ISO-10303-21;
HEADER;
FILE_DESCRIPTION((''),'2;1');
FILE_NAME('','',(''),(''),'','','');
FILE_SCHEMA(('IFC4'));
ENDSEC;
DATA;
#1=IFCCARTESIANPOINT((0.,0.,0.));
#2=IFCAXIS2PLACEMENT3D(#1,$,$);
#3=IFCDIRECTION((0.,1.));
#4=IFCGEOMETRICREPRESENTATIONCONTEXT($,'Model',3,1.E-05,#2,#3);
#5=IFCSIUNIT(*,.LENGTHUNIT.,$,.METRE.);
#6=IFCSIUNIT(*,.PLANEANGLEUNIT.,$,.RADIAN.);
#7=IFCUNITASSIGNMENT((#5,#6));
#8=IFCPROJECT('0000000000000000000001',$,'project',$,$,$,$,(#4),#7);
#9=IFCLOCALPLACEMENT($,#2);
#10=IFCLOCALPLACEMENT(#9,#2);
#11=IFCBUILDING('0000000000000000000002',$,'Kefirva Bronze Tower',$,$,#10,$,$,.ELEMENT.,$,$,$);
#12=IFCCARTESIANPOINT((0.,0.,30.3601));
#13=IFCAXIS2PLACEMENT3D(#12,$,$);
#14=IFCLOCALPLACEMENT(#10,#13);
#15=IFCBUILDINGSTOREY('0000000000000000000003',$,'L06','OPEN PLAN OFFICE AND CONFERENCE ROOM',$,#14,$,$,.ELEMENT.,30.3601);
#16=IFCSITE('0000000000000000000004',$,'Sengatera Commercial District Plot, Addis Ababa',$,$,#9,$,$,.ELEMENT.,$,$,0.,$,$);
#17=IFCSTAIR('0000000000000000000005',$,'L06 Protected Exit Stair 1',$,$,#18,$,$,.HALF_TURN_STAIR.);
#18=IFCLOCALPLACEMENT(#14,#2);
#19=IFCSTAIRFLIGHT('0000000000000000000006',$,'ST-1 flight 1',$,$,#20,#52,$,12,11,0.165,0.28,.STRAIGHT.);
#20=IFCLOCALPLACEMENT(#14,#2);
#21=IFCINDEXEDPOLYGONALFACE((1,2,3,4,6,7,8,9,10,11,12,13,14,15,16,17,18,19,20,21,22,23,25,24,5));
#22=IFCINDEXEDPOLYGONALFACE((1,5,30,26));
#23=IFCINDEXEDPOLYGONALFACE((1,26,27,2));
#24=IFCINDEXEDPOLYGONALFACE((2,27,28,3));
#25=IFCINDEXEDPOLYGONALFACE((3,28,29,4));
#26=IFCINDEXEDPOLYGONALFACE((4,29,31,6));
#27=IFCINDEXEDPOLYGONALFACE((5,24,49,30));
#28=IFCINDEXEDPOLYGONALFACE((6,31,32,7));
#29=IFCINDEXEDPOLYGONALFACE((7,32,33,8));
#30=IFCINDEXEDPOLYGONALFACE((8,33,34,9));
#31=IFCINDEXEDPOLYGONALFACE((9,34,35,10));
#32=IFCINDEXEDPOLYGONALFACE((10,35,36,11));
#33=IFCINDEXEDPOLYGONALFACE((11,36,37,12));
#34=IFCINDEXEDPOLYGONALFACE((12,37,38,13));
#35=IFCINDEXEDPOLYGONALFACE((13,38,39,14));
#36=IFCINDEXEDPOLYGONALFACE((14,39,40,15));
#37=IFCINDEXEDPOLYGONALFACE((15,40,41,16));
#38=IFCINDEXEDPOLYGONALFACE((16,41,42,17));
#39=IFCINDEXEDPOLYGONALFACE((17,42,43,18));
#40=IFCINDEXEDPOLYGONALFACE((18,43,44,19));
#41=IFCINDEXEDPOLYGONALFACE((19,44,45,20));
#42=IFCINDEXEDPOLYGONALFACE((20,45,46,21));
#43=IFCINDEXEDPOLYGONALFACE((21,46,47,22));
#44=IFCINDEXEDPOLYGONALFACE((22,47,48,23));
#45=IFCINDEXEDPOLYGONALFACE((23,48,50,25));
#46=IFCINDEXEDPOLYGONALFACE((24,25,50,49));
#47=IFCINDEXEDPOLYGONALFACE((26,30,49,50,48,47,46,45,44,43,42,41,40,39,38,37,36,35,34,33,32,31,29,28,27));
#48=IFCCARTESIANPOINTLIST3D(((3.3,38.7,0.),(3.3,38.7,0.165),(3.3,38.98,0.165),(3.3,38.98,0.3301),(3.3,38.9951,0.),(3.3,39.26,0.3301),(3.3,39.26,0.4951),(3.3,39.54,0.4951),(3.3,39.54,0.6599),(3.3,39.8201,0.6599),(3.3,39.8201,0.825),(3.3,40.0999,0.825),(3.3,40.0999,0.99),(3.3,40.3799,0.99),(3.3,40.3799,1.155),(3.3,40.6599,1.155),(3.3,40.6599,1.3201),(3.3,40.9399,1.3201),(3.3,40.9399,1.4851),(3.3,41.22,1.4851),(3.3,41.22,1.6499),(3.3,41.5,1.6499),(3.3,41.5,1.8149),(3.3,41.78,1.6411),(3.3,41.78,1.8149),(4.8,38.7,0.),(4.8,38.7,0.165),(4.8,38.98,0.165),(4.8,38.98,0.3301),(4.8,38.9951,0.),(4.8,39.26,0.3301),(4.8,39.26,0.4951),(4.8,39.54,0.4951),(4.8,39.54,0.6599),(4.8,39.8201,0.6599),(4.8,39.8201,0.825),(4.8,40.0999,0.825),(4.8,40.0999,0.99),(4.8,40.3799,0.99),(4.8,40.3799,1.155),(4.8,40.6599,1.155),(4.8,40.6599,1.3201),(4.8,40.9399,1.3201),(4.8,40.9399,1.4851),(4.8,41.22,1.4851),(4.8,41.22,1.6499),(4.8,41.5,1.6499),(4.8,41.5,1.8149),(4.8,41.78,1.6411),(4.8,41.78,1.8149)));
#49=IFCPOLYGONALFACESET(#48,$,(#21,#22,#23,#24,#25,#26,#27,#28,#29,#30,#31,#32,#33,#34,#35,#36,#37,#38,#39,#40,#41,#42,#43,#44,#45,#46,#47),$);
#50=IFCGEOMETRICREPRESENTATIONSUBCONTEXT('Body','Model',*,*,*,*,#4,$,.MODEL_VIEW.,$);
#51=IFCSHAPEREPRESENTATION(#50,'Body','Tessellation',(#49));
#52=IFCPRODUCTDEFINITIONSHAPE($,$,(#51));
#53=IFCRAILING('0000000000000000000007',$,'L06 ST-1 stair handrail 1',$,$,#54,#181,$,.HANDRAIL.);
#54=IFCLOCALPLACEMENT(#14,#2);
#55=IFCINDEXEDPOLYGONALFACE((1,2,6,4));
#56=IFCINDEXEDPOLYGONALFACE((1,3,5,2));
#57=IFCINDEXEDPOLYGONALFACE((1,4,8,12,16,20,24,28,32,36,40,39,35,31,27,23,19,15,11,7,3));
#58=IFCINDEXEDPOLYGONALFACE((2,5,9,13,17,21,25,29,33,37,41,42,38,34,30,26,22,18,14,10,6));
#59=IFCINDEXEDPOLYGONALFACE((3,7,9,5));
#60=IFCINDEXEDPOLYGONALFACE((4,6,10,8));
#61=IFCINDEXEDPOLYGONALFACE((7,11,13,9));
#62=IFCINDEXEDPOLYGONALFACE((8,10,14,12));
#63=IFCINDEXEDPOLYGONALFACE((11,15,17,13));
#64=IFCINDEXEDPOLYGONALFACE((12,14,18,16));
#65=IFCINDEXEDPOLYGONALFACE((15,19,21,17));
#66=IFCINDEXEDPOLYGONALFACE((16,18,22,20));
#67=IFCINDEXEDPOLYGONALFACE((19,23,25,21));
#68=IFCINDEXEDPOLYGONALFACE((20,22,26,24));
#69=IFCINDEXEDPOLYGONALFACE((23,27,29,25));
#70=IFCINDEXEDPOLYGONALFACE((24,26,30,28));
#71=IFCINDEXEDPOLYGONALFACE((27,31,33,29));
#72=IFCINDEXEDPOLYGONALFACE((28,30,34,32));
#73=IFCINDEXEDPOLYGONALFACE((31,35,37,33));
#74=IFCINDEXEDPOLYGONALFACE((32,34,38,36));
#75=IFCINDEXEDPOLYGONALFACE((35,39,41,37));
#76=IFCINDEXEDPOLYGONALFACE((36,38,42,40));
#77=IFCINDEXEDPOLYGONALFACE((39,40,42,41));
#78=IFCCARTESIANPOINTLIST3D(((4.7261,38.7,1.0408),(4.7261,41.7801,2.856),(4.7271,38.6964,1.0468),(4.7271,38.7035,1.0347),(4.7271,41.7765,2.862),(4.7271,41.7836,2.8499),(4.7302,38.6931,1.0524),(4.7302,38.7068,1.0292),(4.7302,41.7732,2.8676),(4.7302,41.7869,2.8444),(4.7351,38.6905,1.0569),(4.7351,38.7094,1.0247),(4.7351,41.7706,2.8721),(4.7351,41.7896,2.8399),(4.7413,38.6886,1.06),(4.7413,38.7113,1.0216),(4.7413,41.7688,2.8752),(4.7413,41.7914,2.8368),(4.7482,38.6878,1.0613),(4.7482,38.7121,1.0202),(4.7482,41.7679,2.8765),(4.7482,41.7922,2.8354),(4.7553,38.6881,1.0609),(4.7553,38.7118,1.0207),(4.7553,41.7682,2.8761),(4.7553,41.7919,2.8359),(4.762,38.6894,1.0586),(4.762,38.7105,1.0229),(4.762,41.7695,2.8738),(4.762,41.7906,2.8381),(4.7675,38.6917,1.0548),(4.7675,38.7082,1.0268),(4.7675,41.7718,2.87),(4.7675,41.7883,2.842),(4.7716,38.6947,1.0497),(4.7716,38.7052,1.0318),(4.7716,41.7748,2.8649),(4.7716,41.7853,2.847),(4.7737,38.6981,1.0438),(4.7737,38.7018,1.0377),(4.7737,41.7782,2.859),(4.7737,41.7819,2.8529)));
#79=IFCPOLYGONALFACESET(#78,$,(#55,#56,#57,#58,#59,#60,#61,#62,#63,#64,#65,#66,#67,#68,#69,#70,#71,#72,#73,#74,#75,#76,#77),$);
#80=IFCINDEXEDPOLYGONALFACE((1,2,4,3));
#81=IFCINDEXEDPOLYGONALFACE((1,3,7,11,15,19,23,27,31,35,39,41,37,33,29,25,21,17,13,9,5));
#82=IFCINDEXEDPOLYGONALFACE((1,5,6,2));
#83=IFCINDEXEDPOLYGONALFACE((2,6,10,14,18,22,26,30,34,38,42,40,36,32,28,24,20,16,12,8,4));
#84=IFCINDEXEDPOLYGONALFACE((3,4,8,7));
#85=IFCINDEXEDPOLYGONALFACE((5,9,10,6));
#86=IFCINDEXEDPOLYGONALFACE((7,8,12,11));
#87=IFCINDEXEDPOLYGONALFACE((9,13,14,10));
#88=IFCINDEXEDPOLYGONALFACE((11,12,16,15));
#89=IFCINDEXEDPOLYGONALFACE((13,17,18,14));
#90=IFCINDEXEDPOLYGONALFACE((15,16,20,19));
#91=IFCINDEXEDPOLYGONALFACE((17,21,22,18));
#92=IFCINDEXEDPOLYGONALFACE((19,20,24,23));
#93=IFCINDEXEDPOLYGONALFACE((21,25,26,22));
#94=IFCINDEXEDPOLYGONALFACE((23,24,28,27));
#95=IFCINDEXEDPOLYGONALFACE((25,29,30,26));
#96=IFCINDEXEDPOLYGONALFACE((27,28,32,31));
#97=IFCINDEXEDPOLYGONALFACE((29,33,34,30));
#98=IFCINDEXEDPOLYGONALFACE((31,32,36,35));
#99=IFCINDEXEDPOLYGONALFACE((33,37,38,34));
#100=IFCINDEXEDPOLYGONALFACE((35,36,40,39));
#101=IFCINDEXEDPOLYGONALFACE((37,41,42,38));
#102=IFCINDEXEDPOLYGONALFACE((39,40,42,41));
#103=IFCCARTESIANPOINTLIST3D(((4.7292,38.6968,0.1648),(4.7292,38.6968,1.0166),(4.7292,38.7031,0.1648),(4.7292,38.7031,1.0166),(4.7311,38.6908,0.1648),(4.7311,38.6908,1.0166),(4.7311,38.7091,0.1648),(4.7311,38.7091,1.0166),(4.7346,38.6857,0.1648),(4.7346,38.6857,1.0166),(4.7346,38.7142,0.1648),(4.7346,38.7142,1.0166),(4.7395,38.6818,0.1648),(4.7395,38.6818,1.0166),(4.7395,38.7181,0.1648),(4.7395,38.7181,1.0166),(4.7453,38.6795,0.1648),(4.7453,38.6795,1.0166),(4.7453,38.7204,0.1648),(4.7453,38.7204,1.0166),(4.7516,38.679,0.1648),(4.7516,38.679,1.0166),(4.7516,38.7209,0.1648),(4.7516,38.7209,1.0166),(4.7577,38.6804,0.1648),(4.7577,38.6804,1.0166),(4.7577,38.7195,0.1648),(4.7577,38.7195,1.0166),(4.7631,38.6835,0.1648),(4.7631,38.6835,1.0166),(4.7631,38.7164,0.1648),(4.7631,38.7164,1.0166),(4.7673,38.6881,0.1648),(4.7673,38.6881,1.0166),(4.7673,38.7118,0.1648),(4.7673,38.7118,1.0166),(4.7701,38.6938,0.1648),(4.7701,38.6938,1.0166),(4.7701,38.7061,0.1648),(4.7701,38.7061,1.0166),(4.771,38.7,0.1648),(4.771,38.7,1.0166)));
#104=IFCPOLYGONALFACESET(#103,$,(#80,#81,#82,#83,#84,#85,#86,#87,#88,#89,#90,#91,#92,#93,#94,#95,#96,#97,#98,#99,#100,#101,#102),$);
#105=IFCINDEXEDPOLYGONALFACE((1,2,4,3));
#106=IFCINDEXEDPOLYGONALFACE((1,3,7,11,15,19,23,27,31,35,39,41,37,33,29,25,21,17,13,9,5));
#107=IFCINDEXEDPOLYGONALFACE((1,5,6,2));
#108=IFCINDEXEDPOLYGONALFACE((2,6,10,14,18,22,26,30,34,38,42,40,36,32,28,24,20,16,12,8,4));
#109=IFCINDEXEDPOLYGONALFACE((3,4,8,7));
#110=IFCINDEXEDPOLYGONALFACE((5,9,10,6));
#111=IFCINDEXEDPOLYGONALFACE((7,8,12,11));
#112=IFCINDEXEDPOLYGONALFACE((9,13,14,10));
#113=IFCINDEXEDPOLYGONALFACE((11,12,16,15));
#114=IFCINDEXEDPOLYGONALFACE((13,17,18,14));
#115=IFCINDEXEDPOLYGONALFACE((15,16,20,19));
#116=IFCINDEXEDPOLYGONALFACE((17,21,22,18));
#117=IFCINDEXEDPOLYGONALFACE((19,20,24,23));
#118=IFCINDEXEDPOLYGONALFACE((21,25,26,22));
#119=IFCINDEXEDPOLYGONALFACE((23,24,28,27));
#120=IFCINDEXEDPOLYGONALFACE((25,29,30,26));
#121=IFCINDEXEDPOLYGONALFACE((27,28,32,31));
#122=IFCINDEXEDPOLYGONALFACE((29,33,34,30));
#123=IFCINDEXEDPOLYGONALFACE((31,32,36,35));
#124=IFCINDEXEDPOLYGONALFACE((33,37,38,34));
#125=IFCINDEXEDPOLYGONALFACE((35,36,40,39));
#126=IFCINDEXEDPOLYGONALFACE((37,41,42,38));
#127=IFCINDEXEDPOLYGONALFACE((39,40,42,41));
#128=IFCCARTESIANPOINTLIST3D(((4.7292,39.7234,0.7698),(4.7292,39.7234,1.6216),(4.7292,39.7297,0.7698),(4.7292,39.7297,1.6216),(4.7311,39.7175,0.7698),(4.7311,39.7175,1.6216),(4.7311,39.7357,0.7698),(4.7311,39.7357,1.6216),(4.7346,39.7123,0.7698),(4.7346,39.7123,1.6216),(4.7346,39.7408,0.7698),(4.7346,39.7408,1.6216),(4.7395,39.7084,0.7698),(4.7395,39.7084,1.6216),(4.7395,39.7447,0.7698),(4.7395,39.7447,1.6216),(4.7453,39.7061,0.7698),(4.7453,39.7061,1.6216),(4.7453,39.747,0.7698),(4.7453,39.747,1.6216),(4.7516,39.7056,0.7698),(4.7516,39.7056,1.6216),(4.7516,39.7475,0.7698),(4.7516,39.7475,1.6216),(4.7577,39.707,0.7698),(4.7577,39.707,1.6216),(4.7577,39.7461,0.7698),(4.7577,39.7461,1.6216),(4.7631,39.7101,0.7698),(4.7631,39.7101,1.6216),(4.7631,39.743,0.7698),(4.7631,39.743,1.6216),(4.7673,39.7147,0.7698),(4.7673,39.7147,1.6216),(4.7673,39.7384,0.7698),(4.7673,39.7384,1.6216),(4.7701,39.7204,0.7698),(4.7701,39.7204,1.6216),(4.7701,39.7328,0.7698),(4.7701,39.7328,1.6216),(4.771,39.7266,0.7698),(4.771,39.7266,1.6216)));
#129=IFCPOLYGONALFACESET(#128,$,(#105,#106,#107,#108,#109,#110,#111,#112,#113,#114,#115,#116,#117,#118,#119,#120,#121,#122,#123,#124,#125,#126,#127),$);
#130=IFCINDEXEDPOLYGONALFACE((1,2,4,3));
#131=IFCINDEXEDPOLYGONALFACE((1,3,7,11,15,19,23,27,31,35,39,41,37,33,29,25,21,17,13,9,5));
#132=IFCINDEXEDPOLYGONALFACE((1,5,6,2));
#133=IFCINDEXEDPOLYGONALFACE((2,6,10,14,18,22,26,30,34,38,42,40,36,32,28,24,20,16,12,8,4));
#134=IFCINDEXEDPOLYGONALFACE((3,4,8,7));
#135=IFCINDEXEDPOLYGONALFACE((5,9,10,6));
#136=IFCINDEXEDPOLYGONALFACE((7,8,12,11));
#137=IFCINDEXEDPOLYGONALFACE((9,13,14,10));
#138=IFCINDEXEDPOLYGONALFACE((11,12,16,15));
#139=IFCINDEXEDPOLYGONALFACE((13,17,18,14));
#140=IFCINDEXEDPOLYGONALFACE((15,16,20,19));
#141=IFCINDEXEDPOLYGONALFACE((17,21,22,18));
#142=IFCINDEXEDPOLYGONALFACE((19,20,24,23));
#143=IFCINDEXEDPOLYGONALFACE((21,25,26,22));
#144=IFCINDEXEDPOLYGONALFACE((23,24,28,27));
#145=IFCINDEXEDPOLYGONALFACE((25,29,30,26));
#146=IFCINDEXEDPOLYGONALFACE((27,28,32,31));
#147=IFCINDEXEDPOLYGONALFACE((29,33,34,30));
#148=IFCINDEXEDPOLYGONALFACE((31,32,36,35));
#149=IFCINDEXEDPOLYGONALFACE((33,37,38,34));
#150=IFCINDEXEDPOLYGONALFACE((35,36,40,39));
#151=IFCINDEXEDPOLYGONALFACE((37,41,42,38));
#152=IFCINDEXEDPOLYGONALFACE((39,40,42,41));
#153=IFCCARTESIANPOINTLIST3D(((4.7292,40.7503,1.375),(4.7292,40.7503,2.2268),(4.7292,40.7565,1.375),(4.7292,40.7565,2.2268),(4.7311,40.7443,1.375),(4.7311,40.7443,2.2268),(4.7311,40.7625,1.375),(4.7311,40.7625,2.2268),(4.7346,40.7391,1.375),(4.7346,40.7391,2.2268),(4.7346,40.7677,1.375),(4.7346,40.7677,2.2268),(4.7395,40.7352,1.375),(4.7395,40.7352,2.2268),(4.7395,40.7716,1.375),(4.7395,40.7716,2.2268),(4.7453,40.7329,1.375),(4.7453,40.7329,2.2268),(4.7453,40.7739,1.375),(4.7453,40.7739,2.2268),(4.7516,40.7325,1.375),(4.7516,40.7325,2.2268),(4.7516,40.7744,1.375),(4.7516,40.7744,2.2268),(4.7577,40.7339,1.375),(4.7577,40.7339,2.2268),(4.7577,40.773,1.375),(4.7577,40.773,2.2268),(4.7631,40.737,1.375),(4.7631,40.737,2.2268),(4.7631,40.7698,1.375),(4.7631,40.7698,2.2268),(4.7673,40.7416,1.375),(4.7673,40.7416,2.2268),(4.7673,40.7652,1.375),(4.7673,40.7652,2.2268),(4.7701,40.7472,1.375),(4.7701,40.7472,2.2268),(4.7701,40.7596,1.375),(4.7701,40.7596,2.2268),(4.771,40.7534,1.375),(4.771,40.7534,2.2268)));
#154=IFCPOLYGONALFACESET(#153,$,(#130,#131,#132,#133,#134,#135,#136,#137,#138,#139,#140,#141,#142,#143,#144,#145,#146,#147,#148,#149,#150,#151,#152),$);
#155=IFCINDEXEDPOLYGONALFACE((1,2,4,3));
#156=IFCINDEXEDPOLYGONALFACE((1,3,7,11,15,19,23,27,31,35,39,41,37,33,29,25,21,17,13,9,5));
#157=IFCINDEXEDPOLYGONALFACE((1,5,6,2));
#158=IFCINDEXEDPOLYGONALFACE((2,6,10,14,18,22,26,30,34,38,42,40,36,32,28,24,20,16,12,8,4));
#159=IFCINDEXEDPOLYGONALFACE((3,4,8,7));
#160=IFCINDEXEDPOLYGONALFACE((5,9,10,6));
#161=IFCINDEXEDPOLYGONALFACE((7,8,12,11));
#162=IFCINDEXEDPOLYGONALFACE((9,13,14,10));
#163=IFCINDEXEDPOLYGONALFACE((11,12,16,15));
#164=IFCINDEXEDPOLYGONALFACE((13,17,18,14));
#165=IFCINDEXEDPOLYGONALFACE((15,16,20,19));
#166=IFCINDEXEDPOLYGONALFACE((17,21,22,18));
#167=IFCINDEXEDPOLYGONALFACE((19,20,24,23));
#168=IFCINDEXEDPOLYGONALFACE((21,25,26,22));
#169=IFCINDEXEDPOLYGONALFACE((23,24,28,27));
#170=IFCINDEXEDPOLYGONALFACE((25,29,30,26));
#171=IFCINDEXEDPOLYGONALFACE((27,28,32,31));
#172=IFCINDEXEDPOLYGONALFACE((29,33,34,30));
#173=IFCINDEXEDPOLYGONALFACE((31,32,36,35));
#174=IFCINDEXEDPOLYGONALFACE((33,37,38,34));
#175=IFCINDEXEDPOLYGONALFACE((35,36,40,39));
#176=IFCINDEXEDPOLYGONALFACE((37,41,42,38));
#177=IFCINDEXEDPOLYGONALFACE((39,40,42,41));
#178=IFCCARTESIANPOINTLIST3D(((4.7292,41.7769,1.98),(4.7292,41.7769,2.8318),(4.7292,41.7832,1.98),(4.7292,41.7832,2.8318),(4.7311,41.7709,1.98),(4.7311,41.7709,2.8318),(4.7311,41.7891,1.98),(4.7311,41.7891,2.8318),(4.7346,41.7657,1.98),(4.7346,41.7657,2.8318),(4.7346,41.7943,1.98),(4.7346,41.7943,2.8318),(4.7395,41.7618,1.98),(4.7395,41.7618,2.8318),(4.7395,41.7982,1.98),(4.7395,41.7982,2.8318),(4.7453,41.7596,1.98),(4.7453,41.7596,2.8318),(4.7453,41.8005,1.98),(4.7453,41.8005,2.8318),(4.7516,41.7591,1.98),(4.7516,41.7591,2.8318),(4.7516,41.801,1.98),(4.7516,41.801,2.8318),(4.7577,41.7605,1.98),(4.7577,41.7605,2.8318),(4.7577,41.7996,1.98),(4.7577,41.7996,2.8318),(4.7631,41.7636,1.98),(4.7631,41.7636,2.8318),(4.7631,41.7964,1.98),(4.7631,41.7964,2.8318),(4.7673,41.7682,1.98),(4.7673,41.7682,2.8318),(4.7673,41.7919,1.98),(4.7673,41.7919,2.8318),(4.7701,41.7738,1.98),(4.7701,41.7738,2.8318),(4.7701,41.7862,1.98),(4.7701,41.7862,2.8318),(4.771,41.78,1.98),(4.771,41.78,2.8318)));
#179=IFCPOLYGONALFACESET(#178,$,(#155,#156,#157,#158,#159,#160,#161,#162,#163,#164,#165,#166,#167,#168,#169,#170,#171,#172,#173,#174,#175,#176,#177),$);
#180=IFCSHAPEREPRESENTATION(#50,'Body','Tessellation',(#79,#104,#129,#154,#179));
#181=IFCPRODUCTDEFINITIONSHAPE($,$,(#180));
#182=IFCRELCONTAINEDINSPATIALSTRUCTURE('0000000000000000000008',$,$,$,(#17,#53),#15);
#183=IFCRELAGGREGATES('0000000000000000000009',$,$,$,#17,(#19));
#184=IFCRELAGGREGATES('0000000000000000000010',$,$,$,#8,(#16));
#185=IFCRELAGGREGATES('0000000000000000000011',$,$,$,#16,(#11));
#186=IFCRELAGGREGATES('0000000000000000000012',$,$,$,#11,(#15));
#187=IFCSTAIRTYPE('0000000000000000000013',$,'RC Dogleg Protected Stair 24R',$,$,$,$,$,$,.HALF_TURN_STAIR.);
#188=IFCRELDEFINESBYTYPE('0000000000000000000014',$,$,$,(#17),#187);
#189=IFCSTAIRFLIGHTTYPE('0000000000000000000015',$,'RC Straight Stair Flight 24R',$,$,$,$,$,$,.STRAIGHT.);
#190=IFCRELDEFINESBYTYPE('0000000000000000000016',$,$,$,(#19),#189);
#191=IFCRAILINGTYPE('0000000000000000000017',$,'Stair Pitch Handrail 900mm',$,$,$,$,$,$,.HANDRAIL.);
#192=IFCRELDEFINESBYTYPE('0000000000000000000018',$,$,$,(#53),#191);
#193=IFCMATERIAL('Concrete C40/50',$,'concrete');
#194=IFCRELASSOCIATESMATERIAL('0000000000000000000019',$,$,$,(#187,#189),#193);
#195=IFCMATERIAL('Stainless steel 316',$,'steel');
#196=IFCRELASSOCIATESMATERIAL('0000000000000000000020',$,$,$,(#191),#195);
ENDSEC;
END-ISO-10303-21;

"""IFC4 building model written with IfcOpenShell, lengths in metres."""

from ifc_helpers import new_model, si_unit, direction, frame, origin, origin_2d, place, context, subcontext, project, spatial, polyline, circle, outline, extrude, material, type_object, element, aggregate, save


model = new_model("IFC4")

# Units and contexts
model_context = context("Model", 3, precision=1e-05, world=origin(), true_north=direction((0.0, 1.0)))
body_context = subcontext(model_context, "Body", "Model", "MODEL_VIEW")
ifc_project = project(units=[si_unit("LENGTHUNIT", "METRE"), si_unit("PLANEANGLEUNIT", "RADIAN")], contexts=[model_context])

# Site, building, storey
site_placement = place(None, origin())
site = spatial("IfcSite", under=ifc_project, at=site_placement, Name="Sengatera Commercial District Plot, Addis Ababa", CompositionType="ELEMENT", RefElevation=0.0)
building_placement = place(site_placement, origin())
building = spatial("IfcBuilding", under=site, at=building_placement, Name="Kefirva Bronze Tower", CompositionType="ELEMENT")
storey_placement = place(building_placement, frame((0.0, 0.0, 30.3601)))
storey = spatial("IfcBuildingStorey", under=building, at=storey_placement, Name="L06", Description="OPEN PLAN OFFICE AND CONFERENCE ROOM", CompositionType="ELEMENT", Elevation=30.3601)

# Shared definitions
ifc_material_1 = material(Name="Stainless steel 316", Category="steel")

# Stair, stair flight
ifc_material_2 = material(Name="Concrete C40/50", Category="concrete")
stair_type = type_object("IfcStairType", Name="RC Dogleg Protected Stair 24R", PredefinedType="HALF_TURN_STAIR", material=ifc_material_2)
stair_placement = place(storey_placement, origin())
stair = element("IfcStair", 1, at=stair_placement, inside=storey, type_object=stair_type, Name="L06 Protected Exit Stair 1", PredefinedType="HALF_TURN_STAIR")
stair_flight_type = type_object("IfcStairFlightType", Name="RC Straight Stair Flight 24R", PredefinedType="STRAIGHT", material=ifc_material_2)
stair_flight_placement = place(storey_placement, frame((4.05, 38.7, 0.0), z_axis=(0.0, 0.0, 1.0), x_axis=(0.0, 1.0, 0.0)))
stair_flight = element("IfcStairFlight", 2, at=stair_flight_placement, type_object=stair_flight_type, Name="ST-1 flight 1", NumberOfRisers=12, NumberOfTreads=11, PredefinedType="STRAIGHT", RiserHeight=0.165, TreadLength=0.28, context=body_context, shape_type="SweptSolid", body=[
    extrude(outline(polyline([(0.0, 0.0), (0.0, 0.165), (0.28, 0.165), (0.28, 0.3301), (0.5601, 0.3301), (0.5601, 0.4951), (0.8401, 0.4951), (0.8401, 0.6599), (1.1201, 0.6599), (1.1201, 0.825), (1.3999, 0.825), (1.3999, 0.99), (1.6799, 0.99), (1.6799, 1.155), (1.96, 1.155), (1.96, 1.3201), (2.24, 1.3201), (2.24, 1.4851), (2.52, 1.4851), (2.52, 1.6499), (2.8, 1.6499), (2.8, 1.8149), (3.0801, 1.8149), (3.0801, 1.98), (3.0801, 1.6411), (0.2952, 0.0), (0.0, 0.0)])), frame((0.0, 0.75, 0.0), z_axis=(0.0, -1.0, 0.0), x_axis=(1.0, 0.0, 0.0)), (0.0, 0.0, 1.0), 1.5),
])
aggregate(stair, [stair_flight])

# Railing
railing_type = type_object("IfcRailingType", Name="Stair Pitch Handrail 900mm", PredefinedType="HANDRAIL", material=ifc_material_1)
railing_placement = place(storey_placement, frame((4.75, 38.7, 0.1648)))
element("IfcRailing", 3, at=railing_placement, inside=storey, type_object=railing_type, Name="L06 ST-1 stair handrail 1", PredefinedType="HANDRAIL", context=body_context, shape_type="SweptSolid", body=[
    extrude(circle(Radius=0.0239, at=origin_2d()), frame((0.0, 0.0, 0.876), z_axis=(0.0, 0.861521, 0.507721), x_axis=(-1.0, 0.0, 0.0)), (0.0, 0.0, 1.0), 3.5752),
    extrude(circle(Radius=0.021, at=origin_2d()), origin(), (0.0, 0.0, 1.0), 0.8518),
    extrude(circle(Radius=0.021, at=origin_2d()), frame((0.0, 1.0266, 0.605)), (0.0, 0.0, 1.0), 0.8518),
    extrude(circle(Radius=0.021, at=origin_2d()), frame((0.0, 2.0535, 1.2102)), (0.0, 0.0, 1.0), 0.8518),
    extrude(circle(Radius=0.021, at=origin_2d()), frame((0.0, 3.0801, 1.8152)), (0.0, 0.0, 1.0), 0.8518),
])

save(model, "model.ifc")
